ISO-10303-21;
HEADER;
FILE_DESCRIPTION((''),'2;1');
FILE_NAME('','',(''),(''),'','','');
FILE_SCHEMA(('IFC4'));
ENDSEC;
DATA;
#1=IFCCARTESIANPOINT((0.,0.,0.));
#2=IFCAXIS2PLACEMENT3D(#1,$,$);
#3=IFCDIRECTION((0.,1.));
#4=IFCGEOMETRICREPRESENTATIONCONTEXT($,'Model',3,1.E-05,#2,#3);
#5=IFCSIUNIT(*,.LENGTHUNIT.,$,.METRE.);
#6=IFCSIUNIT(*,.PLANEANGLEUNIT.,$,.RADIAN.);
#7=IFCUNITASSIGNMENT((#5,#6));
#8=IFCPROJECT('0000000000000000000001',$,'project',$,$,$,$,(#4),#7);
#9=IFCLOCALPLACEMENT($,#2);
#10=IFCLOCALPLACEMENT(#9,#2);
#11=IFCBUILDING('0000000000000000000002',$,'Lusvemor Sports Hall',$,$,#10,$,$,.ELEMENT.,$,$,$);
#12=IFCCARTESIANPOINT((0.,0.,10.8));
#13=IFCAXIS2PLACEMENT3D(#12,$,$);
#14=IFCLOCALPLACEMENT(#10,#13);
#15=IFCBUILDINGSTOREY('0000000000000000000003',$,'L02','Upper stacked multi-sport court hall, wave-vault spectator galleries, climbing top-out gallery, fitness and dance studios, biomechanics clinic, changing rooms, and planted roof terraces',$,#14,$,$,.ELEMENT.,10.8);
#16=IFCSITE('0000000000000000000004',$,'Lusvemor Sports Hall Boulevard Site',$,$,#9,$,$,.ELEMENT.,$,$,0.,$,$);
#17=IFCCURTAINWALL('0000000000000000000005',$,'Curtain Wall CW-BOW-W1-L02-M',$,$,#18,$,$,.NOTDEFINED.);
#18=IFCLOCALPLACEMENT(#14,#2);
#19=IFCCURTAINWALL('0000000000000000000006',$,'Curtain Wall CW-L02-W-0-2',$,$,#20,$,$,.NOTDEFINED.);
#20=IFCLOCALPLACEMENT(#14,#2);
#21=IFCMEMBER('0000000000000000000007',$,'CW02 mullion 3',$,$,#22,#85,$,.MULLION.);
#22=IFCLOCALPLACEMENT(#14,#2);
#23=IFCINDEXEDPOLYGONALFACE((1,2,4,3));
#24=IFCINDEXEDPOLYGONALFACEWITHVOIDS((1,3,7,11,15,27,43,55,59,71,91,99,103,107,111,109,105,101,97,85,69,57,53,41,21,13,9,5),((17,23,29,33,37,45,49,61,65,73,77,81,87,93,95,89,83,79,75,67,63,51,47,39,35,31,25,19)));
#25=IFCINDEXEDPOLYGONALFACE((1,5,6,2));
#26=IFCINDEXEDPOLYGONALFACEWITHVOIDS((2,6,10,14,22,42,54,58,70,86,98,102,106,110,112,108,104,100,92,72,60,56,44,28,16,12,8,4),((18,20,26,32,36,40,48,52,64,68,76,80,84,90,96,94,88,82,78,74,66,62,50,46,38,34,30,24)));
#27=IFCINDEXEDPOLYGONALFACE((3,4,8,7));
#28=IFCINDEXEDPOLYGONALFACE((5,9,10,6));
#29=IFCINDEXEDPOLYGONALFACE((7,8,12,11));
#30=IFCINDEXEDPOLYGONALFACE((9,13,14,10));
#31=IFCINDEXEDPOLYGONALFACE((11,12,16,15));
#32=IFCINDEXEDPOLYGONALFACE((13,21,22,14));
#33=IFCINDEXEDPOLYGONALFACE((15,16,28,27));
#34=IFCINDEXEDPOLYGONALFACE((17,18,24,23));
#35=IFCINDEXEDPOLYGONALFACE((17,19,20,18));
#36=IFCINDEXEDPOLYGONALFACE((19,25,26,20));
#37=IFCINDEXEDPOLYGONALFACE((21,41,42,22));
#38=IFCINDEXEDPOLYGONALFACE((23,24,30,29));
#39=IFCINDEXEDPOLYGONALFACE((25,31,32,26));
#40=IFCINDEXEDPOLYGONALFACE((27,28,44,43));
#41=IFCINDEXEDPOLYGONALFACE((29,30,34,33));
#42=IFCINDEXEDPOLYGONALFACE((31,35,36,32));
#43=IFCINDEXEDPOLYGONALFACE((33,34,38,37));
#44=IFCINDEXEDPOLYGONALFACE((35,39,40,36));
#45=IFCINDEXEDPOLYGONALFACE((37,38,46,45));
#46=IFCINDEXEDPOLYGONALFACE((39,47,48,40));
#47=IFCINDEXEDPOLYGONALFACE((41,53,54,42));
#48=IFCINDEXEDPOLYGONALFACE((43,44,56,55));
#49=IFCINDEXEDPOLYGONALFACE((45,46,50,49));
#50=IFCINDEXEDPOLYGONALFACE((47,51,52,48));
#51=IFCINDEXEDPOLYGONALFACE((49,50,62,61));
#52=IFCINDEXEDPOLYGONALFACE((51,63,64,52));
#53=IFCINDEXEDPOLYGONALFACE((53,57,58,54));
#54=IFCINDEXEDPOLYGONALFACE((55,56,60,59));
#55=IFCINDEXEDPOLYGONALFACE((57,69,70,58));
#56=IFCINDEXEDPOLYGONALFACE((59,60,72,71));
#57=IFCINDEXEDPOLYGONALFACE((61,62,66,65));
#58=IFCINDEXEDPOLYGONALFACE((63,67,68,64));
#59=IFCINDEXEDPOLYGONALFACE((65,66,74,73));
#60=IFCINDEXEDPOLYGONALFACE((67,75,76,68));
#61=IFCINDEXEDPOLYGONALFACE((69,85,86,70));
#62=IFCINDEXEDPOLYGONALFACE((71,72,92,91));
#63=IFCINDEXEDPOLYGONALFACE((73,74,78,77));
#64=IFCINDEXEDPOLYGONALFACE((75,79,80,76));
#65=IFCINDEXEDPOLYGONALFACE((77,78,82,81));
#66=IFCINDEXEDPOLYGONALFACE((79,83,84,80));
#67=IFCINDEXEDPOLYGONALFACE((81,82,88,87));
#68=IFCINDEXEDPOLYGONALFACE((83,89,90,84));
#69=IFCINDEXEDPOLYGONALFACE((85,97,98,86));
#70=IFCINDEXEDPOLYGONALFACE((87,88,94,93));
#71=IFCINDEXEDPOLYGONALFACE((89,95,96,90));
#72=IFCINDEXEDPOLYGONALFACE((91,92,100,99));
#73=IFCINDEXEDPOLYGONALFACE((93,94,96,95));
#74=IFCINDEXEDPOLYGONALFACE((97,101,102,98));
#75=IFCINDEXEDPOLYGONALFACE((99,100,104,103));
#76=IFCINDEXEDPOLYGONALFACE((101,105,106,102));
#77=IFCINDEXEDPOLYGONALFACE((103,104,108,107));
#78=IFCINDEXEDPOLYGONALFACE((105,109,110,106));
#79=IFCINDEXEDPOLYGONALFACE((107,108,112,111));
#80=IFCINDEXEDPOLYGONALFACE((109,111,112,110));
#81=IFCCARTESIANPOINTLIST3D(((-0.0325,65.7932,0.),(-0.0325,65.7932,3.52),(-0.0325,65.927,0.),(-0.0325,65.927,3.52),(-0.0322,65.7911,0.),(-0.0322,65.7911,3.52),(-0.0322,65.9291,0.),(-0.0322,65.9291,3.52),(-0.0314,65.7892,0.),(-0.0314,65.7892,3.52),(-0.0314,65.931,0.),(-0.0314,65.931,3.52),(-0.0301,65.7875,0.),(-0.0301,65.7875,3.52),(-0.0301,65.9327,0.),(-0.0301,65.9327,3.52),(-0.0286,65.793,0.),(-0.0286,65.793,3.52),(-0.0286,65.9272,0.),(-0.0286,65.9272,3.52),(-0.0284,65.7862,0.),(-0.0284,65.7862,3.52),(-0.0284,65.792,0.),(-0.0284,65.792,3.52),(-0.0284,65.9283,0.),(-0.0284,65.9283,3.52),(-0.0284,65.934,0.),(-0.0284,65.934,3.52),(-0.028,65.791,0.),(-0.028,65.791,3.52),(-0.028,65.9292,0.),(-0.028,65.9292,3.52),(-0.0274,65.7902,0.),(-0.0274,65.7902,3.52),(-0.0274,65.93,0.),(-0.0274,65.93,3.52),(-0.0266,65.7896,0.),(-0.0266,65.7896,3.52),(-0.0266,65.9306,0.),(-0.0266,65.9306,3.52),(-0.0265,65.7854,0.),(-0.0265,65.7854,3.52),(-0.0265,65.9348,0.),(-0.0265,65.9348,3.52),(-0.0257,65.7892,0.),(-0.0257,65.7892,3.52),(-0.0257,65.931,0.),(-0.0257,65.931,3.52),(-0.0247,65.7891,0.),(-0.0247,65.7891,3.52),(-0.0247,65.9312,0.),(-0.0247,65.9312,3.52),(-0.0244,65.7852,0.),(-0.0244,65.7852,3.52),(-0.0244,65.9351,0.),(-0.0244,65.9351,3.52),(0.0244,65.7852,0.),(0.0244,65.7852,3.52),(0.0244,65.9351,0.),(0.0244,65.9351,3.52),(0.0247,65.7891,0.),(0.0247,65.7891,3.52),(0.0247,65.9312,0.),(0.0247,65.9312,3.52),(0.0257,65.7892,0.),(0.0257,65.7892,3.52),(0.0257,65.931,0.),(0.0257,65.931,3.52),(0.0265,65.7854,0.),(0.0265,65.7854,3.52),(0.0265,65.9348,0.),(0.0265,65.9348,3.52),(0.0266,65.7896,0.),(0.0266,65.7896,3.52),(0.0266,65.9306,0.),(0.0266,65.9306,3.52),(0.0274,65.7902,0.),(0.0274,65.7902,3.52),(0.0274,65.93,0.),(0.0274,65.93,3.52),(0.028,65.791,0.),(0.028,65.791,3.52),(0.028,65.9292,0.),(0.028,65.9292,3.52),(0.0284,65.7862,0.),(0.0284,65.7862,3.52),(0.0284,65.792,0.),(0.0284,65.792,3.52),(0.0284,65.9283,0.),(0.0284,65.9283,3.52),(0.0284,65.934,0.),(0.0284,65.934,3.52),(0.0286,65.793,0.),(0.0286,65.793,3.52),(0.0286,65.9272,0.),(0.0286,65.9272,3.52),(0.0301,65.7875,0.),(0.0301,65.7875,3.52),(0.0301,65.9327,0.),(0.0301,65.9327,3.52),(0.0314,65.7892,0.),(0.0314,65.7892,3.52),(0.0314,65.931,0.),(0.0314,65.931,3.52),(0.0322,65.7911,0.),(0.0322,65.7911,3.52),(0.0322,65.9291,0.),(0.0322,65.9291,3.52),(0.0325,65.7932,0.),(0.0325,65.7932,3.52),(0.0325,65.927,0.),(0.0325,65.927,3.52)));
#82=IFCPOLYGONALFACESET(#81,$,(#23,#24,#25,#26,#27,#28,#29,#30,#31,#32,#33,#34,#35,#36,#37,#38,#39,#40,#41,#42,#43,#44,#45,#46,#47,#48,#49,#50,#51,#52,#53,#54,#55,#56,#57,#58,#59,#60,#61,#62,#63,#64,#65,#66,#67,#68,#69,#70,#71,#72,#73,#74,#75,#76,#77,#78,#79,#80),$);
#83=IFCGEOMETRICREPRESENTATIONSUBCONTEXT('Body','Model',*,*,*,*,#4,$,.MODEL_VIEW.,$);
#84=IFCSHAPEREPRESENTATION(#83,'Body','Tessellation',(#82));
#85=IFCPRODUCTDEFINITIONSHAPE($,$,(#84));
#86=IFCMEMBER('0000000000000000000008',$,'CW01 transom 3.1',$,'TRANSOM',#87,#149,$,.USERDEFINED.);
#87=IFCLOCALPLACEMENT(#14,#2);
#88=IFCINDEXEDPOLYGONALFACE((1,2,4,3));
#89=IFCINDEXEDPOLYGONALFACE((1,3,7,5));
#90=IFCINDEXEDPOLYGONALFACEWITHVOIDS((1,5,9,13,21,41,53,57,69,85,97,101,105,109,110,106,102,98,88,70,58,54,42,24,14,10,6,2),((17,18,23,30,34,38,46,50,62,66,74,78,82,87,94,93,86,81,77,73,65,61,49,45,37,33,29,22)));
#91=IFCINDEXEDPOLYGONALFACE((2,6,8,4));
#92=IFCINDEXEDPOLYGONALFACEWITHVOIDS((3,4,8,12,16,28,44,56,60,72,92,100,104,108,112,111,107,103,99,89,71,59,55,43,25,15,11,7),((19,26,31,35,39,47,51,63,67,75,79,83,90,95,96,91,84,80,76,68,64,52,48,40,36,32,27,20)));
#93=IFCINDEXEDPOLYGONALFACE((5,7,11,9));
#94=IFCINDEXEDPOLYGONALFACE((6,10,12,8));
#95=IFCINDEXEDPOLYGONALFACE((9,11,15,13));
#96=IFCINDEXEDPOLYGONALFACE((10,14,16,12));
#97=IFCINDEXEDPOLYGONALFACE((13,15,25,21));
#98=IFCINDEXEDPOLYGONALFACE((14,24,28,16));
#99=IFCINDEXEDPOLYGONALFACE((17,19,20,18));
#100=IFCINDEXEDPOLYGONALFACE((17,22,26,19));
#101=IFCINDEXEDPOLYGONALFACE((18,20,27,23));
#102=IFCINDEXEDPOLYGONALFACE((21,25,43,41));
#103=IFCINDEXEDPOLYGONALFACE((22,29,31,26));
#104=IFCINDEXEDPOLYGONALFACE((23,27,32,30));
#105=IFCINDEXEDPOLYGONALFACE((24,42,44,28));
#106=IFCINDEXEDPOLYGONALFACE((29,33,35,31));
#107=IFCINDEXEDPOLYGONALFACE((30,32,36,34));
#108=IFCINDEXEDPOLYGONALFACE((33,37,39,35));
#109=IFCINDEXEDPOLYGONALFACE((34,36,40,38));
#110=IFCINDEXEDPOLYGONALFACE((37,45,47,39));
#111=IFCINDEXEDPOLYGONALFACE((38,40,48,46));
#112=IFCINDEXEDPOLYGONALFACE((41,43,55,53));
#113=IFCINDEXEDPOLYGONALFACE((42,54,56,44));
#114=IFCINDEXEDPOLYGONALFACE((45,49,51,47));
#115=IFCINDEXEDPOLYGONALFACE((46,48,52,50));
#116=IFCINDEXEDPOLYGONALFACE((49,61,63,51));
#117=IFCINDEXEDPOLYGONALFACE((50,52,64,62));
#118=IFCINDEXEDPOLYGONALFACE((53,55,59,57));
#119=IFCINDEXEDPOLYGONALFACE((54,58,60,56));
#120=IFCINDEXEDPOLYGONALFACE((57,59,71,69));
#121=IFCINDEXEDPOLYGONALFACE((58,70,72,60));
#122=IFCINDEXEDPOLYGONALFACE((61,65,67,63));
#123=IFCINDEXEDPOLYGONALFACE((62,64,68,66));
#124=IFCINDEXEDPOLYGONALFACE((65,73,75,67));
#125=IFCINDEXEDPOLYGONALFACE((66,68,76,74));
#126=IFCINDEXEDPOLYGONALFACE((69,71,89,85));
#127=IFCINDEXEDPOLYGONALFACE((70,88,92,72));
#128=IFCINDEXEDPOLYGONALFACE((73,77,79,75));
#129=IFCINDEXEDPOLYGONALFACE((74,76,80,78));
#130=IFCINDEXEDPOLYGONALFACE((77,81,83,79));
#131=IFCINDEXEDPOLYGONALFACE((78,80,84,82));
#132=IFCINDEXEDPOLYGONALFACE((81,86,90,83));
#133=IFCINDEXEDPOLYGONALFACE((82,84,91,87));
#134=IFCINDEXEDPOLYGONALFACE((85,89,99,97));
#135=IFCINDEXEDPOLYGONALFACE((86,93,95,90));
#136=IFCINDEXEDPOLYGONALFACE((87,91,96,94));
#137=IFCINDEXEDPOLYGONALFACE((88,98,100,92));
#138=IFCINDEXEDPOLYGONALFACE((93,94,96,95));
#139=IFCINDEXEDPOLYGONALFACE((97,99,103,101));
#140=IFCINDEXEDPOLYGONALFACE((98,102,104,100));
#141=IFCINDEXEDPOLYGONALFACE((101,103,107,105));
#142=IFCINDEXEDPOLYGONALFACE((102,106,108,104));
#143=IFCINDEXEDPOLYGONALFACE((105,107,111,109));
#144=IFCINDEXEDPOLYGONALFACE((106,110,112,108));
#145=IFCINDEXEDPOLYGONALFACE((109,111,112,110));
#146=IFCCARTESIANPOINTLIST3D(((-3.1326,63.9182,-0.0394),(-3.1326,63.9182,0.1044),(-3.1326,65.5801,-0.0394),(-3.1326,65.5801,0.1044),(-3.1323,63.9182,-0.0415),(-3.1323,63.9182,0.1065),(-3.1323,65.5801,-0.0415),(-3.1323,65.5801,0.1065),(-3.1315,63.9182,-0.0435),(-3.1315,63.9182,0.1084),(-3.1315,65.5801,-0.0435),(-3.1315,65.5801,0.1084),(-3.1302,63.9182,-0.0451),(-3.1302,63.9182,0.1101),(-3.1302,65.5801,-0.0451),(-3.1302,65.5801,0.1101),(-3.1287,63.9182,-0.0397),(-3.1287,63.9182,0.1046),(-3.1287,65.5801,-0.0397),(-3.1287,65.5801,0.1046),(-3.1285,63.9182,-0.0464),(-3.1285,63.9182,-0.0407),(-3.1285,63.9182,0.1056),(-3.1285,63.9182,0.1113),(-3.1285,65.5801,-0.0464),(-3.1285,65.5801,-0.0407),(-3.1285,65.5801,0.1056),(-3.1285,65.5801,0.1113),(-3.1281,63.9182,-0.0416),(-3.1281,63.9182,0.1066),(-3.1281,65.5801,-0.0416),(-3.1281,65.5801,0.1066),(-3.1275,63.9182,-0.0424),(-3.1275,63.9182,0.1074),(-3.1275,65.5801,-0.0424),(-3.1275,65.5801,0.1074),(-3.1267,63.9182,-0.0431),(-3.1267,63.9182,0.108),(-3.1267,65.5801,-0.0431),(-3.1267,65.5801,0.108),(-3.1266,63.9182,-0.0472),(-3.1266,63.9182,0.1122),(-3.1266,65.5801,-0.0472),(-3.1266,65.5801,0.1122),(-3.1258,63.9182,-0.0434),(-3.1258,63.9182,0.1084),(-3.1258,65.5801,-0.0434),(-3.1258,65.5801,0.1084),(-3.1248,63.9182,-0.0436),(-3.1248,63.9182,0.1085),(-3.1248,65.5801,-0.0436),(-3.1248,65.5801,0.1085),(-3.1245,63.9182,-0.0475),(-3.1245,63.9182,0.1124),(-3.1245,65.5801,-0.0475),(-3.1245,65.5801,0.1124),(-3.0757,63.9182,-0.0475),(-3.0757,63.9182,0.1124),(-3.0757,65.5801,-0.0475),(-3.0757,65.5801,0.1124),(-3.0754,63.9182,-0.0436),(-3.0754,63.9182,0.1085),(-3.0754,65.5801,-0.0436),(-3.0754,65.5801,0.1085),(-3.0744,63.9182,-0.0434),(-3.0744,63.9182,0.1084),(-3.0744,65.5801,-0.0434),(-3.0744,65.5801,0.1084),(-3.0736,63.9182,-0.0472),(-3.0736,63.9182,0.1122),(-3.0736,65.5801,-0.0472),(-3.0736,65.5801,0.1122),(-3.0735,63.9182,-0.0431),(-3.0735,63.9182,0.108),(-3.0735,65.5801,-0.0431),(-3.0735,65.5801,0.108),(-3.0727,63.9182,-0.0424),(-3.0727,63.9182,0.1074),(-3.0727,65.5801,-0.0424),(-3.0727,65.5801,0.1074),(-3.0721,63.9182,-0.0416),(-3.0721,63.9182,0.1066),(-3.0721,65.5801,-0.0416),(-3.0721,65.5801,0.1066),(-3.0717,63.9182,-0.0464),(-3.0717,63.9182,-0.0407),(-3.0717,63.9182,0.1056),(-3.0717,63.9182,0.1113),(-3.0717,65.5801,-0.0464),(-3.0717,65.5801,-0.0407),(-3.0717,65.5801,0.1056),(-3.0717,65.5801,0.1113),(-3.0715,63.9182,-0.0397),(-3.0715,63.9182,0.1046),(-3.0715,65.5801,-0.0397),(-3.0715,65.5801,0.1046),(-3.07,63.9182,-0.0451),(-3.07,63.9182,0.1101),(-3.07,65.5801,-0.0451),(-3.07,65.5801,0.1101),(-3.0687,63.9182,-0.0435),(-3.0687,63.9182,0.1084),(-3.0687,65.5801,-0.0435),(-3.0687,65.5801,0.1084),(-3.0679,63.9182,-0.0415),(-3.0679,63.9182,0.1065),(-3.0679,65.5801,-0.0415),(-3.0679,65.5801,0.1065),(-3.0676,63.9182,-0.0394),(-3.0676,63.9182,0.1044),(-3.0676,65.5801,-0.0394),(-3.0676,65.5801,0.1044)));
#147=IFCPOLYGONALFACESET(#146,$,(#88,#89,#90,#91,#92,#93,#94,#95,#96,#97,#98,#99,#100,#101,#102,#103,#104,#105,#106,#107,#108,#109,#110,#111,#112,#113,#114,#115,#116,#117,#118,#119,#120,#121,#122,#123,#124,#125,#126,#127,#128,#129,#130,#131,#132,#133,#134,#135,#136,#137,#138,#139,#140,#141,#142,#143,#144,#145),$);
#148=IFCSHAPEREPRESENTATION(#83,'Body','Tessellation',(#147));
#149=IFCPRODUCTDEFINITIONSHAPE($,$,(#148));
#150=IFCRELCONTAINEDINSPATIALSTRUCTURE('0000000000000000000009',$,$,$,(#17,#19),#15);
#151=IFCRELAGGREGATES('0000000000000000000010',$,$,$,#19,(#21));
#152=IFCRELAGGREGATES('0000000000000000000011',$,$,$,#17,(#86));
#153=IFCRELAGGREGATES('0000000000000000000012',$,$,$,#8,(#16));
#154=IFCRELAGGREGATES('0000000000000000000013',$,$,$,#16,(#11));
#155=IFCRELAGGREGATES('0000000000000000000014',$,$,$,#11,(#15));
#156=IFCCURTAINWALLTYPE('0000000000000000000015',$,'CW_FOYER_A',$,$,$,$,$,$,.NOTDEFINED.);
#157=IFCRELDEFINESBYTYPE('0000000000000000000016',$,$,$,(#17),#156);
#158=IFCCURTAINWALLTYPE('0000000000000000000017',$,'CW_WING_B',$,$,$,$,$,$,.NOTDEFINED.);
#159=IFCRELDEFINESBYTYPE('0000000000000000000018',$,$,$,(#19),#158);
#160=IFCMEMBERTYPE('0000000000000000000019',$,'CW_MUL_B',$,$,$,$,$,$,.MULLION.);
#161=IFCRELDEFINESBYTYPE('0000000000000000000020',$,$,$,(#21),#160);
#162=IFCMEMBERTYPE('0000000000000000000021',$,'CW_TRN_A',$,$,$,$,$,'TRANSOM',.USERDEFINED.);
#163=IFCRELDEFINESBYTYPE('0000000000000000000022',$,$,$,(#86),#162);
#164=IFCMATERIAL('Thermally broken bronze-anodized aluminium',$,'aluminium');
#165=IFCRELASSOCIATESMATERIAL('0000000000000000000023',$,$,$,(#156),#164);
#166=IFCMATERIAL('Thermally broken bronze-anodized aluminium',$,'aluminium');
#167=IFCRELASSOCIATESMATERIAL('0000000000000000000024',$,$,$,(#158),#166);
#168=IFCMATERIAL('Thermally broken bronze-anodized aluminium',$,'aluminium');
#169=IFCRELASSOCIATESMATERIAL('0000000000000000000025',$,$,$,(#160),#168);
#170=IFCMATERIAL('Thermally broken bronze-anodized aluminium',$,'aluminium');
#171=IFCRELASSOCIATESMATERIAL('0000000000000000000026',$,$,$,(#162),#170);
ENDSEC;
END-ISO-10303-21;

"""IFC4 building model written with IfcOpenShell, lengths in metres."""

from ifc_helpers import new_model, si_unit, direction, frame, origin, origin_2d, place, context, subcontext, project, spatial, hollow_rectangle, extrude, material, material_profile, profile_set, type_object, element, aggregate, save


model = new_model("IFC4")

# Units and contexts
model_context = context("Model", 3, precision=1e-05, world=origin(), true_north=direction((0.0, 1.0)))
body_context = subcontext(model_context, "Body", "Model", "MODEL_VIEW")
ifc_project = project(units=[si_unit("LENGTHUNIT", "METRE"), si_unit("PLANEANGLEUNIT", "RADIAN")], contexts=[model_context])

# Site, building, storey
site_placement = place(None, origin())
site = spatial("IfcSite", under=ifc_project, at=site_placement, Name="Lusvemor Sports Hall Boulevard Site", CompositionType="ELEMENT", RefElevation=0.0)
building_placement = place(site_placement, origin())
building = spatial("IfcBuilding", under=site, at=building_placement, Name="Lusvemor Sports Hall", CompositionType="ELEMENT")
storey_placement = place(building_placement, frame((0.0, 0.0, 10.8)))
storey = spatial("IfcBuildingStorey", under=building, at=storey_placement, Name="L02", Description="Upper stacked multi-sport court hall, wave-vault spectator galleries, climbing top-out gallery, fitness and dance studios, biomechanics clinic, changing rooms, and planted roof terraces", CompositionType="ELEMENT", Elevation=10.8)

# Curtain wall
ifc_material_1 = material(Name="Thermally broken bronze-anodized aluminium", Category="aluminium")
curtain_wall_type_1 = type_object("IfcCurtainWallType", Name="CW_FOYER_A", PredefinedType="NOTDEFINED", material=ifc_material_1)
curtain_wall_1_placement = place(storey_placement, origin())
curtain_wall_1 = element("IfcCurtainWall", 1, at=curtain_wall_1_placement, inside=storey, type_object=curtain_wall_type_1, Name="Curtain Wall CW-BOW-W1-L02-M", PredefinedType="NOTDEFINED")

# Curtain wall, member
ifc_material_2 = material(Name="Thermally broken bronze-anodized aluminium", Category="aluminium")
curtain_wall_type_2 = type_object("IfcCurtainWallType", Name="CW_WING_B", PredefinedType="NOTDEFINED", material=ifc_material_2)
curtain_wall_2_placement = place(storey_placement, origin())
curtain_wall_2 = element("IfcCurtainWall", 2, at=curtain_wall_2_placement, inside=storey, type_object=curtain_wall_type_2, Name="Curtain Wall CW-L02-W-0-2", PredefinedType="NOTDEFINED")
ifc_material_3 = material(Name="Thermally broken bronze-anodized aluminium", Category="aluminium")
ifc_material_profile_1 = material_profile(ifc_material_3, hollow_rectangle(XDim=0.0649, YDim=0.1499, WallThickness=0.0039, InnerFilletRadius=0.0039, OuterFilletRadius=0.0081, at=origin_2d()), Name="CWMUL150x65x4")
ifc_profile_set_1 = profile_set([ifc_material_profile_1], Name="Thermally broken bronze-anodized aluminium")
member_type_1 = type_object("IfcMemberType", Name="CW_MUL_B", PredefinedType="MULLION", material=ifc_profile_set_1)
member_1_placement = place(storey_placement, frame((0.0, 65.8601, 0.0), z_axis=(0.0, 0.0, 1.0), x_axis=(-1.0, 0.0, 0.0)))
member_1 = element("IfcMember", 3, at=member_1_placement, type_object=member_type_1, Name="CW02 mullion 3", PredefinedType="MULLION", context=body_context, shape_type="SweptSolid", body=[
    extrude(hollow_rectangle(XDim=0.0649, YDim=0.1499, WallThickness=0.0039, InnerFilletRadius=0.0039, OuterFilletRadius=0.0081, at=origin_2d()), origin(), (0.0, 0.0, 1.0), 3.52),
])

# Member
ifc_material_4 = material(Name="Thermally broken bronze-anodized aluminium", Category="aluminium")
ifc_material_profile_2 = material_profile(ifc_material_4, hollow_rectangle(XDim=0.0649, YDim=0.1599, WallThickness=0.0039, InnerFilletRadius=0.0039, OuterFilletRadius=0.0081, at=origin_2d()), Name="CWTRN160x65x4")
ifc_profile_set_2 = profile_set([ifc_material_profile_2], Name="Thermally broken bronze-anodized aluminium")
member_type_2 = type_object("IfcMemberType", Name="CW_TRN_A", ElementType="TRANSOM", PredefinedType="USERDEFINED", material=ifc_profile_set_2)
member_2_placement = place(storey_placement, frame((-3.1001, 63.9182, 0.0325), z_axis=(0.0, 1.0, 0.0), x_axis=(-1.0, 0.0, 0.0)))
member_2 = element("IfcMember", 4, at=member_2_placement, type_object=member_type_2, Name="CW01 transom 3.1", ObjectType="TRANSOM", PredefinedType="USERDEFINED", context=body_context, shape_type="SweptSolid", body=[
    extrude(hollow_rectangle(XDim=0.0649, YDim=0.1599, WallThickness=0.0039, InnerFilletRadius=0.0039, OuterFilletRadius=0.0081, at=origin_2d()), origin(), (0.0, 0.0, 1.0), 1.6619),
])

aggregate(curtain_wall_2, [member_1])
aggregate(curtain_wall_1, [member_2])

save(model, "model.ifc")
